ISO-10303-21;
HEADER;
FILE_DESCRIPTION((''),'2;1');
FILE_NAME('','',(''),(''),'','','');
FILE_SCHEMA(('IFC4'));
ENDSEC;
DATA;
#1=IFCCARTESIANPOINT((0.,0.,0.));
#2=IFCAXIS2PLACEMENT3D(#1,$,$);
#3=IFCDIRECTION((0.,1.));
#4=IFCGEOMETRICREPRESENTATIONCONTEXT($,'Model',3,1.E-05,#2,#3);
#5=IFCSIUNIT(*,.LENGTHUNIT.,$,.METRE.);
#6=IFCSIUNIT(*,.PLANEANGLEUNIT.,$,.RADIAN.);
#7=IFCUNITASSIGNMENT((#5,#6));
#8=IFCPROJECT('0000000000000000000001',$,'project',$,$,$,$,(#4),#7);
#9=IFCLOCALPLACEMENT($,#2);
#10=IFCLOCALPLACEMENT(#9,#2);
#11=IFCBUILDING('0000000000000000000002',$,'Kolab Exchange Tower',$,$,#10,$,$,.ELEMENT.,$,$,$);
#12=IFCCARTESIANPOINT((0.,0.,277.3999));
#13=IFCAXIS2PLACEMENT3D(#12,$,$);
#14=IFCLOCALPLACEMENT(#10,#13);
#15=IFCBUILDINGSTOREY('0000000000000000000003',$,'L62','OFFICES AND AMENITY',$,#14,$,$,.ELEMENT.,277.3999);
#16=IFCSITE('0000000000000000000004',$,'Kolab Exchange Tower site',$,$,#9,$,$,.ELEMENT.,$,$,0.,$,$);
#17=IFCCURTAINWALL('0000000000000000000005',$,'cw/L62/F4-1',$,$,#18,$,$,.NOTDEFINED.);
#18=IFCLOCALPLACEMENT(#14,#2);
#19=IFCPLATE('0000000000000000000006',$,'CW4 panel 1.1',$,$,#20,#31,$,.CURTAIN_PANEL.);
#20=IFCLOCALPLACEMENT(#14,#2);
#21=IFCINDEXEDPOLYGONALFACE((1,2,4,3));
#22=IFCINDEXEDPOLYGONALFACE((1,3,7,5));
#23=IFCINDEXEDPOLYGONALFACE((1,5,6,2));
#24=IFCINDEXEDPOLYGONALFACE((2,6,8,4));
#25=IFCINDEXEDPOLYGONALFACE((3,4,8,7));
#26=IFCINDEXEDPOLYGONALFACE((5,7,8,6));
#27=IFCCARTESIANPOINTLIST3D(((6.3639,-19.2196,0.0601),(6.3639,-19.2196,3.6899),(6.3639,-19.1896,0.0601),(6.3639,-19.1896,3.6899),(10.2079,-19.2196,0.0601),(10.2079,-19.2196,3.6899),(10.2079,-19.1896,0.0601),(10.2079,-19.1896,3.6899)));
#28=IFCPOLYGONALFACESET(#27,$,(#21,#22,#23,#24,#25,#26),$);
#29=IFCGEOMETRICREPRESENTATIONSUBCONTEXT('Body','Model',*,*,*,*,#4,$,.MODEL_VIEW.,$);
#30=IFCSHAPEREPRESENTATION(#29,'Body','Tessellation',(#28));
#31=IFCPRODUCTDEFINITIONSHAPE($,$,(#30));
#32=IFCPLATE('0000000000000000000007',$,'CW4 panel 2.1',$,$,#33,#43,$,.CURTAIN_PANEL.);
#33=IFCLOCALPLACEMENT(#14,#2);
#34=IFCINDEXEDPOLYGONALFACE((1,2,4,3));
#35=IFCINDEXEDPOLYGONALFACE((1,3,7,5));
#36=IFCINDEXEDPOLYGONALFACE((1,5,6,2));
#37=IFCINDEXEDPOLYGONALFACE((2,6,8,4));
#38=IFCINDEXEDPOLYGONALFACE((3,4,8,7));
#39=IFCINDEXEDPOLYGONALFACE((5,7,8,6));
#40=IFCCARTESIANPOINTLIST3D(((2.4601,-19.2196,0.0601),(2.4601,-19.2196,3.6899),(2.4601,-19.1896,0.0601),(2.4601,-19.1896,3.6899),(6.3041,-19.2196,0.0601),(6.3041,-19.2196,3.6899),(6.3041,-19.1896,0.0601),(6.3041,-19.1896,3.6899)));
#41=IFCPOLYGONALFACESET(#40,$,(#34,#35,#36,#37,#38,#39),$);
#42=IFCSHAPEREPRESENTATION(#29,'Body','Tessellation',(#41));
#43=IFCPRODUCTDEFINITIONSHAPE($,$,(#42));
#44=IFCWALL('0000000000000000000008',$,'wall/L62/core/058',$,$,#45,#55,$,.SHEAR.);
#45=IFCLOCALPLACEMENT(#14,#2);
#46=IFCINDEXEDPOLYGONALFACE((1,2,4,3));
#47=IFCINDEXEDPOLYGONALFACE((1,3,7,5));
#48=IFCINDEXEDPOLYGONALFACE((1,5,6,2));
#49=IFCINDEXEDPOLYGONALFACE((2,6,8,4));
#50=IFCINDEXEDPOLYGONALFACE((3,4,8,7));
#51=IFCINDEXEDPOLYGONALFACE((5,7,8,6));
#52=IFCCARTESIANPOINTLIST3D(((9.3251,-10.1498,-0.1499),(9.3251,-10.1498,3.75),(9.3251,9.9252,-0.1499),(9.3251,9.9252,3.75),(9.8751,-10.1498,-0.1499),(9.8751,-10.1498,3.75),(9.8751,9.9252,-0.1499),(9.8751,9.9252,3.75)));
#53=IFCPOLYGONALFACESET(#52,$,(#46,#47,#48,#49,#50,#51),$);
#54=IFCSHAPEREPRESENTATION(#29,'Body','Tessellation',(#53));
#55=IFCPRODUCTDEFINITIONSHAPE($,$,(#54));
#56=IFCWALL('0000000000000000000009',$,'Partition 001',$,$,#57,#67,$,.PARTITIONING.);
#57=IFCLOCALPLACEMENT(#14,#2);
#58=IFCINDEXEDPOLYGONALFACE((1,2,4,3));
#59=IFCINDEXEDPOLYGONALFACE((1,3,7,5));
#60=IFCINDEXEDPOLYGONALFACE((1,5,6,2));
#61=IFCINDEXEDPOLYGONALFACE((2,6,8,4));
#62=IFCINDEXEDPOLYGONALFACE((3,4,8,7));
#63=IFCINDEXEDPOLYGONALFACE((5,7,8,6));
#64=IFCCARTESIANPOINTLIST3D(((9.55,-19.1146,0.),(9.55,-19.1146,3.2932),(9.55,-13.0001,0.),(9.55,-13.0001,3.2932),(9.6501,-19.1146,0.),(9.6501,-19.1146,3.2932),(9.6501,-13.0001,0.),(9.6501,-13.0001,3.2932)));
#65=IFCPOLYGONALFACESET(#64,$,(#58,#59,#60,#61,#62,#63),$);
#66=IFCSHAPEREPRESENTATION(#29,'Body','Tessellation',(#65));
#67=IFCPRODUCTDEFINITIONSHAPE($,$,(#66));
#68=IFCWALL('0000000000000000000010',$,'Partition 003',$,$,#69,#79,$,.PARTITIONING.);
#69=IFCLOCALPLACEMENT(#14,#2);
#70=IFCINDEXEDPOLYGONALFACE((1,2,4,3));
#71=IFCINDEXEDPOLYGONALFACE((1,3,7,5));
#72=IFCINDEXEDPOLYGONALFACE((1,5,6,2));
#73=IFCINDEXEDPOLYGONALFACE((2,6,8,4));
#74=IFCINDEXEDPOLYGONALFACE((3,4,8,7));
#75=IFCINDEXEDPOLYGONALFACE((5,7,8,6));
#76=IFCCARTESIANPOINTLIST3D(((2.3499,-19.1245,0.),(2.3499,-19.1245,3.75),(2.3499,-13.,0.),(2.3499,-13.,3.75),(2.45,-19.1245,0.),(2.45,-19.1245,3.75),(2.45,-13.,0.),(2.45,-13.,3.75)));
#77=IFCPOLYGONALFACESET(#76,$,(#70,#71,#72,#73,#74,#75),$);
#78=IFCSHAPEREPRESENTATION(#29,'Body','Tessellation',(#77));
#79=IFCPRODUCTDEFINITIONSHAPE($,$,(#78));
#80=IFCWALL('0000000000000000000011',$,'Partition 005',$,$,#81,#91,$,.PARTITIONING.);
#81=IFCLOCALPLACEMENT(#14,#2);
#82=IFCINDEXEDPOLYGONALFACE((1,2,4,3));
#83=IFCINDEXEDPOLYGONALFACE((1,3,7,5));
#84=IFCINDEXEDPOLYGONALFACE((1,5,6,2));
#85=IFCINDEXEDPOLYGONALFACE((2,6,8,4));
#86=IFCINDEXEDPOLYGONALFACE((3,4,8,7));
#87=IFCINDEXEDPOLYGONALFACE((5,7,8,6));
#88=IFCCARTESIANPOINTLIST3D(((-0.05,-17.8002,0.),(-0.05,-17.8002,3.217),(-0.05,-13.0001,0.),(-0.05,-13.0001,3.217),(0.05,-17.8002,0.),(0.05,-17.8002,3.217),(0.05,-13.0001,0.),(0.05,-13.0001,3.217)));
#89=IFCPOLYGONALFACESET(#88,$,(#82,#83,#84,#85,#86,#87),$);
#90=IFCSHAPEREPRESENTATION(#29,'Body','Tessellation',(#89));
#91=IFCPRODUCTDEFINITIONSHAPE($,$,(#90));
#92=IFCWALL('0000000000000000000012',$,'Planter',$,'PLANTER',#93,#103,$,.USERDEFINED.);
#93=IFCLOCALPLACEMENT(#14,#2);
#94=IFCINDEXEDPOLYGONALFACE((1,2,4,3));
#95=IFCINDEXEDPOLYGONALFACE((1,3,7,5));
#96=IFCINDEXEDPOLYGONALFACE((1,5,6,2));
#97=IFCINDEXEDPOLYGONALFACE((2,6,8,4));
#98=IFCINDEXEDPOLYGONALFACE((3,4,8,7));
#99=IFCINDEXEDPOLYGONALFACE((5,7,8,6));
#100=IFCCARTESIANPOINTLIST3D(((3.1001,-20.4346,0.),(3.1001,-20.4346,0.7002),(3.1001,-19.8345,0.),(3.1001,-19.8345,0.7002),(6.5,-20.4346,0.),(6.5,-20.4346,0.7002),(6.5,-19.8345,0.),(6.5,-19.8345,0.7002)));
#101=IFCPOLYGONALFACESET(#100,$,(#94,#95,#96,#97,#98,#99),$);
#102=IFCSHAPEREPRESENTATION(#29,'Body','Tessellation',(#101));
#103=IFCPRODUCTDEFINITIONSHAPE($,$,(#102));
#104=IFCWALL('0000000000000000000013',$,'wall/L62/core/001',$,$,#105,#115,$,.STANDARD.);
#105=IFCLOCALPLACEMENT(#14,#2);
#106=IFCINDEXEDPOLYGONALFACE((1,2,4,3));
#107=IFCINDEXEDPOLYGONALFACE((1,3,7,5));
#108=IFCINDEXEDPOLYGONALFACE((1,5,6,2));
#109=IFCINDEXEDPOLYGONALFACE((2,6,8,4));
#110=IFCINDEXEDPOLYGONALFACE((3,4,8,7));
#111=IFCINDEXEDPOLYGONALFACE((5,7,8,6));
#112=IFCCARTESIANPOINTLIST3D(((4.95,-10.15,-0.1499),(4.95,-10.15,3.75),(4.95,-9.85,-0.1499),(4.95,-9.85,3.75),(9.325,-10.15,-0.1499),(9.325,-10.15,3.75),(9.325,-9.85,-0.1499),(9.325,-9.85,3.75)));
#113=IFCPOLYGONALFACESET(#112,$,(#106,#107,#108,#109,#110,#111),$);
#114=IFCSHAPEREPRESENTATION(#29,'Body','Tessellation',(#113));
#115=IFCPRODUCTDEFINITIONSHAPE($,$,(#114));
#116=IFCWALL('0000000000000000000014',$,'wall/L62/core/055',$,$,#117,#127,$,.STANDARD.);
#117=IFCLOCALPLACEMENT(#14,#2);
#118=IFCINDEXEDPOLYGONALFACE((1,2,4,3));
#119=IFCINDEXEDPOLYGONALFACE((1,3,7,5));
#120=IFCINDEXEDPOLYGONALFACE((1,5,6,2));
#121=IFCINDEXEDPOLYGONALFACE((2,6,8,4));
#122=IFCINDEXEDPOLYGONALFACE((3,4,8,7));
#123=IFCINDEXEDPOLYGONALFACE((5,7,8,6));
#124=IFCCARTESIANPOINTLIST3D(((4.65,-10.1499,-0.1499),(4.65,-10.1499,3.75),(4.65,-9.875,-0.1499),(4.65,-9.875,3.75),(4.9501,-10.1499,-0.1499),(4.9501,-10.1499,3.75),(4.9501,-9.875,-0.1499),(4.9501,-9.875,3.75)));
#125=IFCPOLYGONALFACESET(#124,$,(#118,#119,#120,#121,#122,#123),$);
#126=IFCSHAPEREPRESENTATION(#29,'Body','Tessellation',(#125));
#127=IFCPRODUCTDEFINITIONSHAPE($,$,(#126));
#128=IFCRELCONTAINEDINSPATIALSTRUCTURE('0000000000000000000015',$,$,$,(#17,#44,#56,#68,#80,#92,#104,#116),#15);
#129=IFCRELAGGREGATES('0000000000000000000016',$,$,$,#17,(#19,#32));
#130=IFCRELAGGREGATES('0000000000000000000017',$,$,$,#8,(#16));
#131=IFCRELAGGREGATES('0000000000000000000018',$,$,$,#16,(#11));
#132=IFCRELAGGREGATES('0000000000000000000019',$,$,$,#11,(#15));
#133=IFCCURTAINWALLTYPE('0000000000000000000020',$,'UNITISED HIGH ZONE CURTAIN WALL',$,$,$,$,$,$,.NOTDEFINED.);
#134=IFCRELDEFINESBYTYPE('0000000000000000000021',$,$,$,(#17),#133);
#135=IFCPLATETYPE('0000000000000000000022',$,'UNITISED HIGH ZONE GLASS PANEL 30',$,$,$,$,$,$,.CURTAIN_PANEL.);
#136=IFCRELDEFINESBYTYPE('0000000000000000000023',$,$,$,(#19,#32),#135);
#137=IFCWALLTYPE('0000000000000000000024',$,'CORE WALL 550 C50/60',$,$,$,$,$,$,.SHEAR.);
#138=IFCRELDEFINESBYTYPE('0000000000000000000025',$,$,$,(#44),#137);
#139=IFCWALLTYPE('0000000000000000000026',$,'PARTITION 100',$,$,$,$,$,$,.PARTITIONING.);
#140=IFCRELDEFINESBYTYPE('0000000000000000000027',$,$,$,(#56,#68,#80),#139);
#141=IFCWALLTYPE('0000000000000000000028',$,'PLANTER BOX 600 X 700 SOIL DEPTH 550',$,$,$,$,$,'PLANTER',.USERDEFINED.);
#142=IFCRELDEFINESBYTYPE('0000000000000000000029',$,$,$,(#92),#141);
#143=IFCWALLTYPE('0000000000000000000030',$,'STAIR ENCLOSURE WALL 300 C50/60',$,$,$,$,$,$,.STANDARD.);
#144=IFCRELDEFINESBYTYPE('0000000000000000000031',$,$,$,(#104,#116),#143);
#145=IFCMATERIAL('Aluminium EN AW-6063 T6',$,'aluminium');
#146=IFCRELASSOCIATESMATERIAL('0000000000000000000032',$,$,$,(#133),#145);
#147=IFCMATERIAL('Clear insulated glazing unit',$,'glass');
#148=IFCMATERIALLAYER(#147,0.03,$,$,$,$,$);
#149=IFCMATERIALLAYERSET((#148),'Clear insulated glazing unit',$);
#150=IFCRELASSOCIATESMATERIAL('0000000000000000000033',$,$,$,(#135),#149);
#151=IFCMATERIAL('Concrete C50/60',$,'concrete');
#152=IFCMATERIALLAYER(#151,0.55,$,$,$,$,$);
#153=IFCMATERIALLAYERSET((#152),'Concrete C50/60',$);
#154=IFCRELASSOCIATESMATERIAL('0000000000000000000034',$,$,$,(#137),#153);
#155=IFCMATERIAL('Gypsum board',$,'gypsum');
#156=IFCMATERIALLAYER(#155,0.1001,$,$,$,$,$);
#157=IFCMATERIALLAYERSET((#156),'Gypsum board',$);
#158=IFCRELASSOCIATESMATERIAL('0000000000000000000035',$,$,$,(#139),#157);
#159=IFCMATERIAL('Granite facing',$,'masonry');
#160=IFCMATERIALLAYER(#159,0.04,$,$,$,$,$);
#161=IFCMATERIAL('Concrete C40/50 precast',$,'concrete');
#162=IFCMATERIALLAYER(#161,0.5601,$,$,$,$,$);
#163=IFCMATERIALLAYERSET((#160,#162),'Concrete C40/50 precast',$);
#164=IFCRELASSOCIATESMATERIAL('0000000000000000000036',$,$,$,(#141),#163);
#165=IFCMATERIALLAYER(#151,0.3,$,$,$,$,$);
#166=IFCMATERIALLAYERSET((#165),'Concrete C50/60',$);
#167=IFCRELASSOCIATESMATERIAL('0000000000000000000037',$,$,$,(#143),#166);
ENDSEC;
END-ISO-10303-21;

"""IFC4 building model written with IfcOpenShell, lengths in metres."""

from ifc_helpers import new_model, si_unit, direction, frame, frame_2d, origin, origin_2d, place, context, subcontext, project, spatial, rectangle, extrude, material, layer, layer_set, type_object, element, aggregate, save


model = new_model("IFC4")

# Units and contexts
model_context = context("Model", 3, precision=1e-05, world=origin(), true_north=direction((0.0, 1.0)))
body_context = subcontext(model_context, "Body", "Model", "MODEL_VIEW")
ifc_project = project(units=[si_unit("LENGTHUNIT", "METRE"), si_unit("PLANEANGLEUNIT", "RADIAN")], contexts=[model_context])

# Site, building, storey
site_placement = place(None, origin())
site = spatial("IfcSite", under=ifc_project, at=site_placement, Name="Kolab Exchange Tower site", CompositionType="ELEMENT", RefElevation=0.0)
building_placement = place(site_placement, origin())
building = spatial("IfcBuilding", under=site, at=building_placement, Name="Kolab Exchange Tower", CompositionType="ELEMENT")
storey_placement = place(building_placement, frame((0.0, 0.0, 277.3999)))
storey = spatial("IfcBuildingStorey", under=building, at=storey_placement, Name="L62", Description="OFFICES AND AMENITY", CompositionType="ELEMENT", Elevation=277.3999)

# Shared definitions
ifc_material_1 = material(Name="Concrete C50/60", Category="concrete")

# Curtain wall, plates
ifc_material_2 = material(Name="Aluminium EN AW-6063 T6", Category="aluminium")
curtain_wall_type = type_object("IfcCurtainWallType", Name="UNITISED HIGH ZONE CURTAIN WALL", PredefinedType="NOTDEFINED", material=ifc_material_2)
curtain_wall_placement = place(storey_placement, origin())
curtain_wall = element("IfcCurtainWall", 1, at=curtain_wall_placement, inside=storey, type_object=curtain_wall_type, Name="cw/L62/F4-1", PredefinedType="NOTDEFINED")
ifc_material_3 = material(Name="Clear insulated glazing unit", Category="glass")
ifc_layer_1 = layer(ifc_material_3, 0.03)
ifc_layer_set_1 = layer_set([ifc_layer_1], Name="Clear insulated glazing unit")
plate_type = type_object("IfcPlateType", Name="UNITISED HIGH ZONE GLASS PANEL 30", PredefinedType="CURTAIN_PANEL", material=ifc_layer_set_1)
plate_1_placement = place(storey_placement, frame((8.2859, -19.2046, 0.0601), z_axis=(0.0, 0.0, 1.0), x_axis=(-1.0, 0.0, 0.0)))
plate_1 = element("IfcPlate", 2, at=plate_1_placement, type_object=plate_type, Name="CW4 panel 1.1", PredefinedType="CURTAIN_PANEL", context=body_context, shape_type="SweptSolid", body=[
    extrude(rectangle(XDim=3.844, YDim=0.03, at=origin_2d()), origin(), (0.0, 0.0, 1.0), 3.6299),
])
plate_2_placement = place(storey_placement, frame((4.3821, -19.2046, 0.0601), z_axis=(0.0, 0.0, 1.0), x_axis=(-1.0, 0.0, 0.0)))
plate_2 = element("IfcPlate", 3, at=plate_2_placement, type_object=plate_type, Name="CW4 panel 2.1", PredefinedType="CURTAIN_PANEL", context=body_context, shape_type="SweptSolid", body=[
    extrude(rectangle(XDim=3.844, YDim=0.03, at=origin_2d()), origin(), (0.0, 0.0, 1.0), 3.6299),
])
aggregate(curtain_wall, [plate_1, plate_2])

# Wall
ifc_layer_2 = layer(ifc_material_1, 0.55)
ifc_layer_set_2 = layer_set([ifc_layer_2], Name="Concrete C50/60")
wall_type_1 = type_object("IfcWallType", Name="CORE WALL 550 C50/60", PredefinedType="SHEAR", material=ifc_layer_set_2)
wall_1_placement = place(storey_placement, frame((9.6001, -10.1499, -0.1499), z_axis=(0.0, 0.0, 1.0), x_axis=(0.0, 1.0, 0.0)))
element("IfcWall", 4, at=wall_1_placement, inside=storey, type_object=wall_type_1, Name="wall/L62/core/058", PredefinedType="SHEAR", context=body_context, shape_type="SweptSolid", body=[
    extrude(rectangle(XDim=20.075, YDim=0.55, at=frame_2d((10.0376, 0.0))), origin(), (0.0, 0.0, 1.0), 3.8999),
])

# Walls
ifc_material_4 = material(Name="Gypsum board", Category="gypsum")
ifc_layer_3 = layer(ifc_material_4, 0.1001)
ifc_layer_set_3 = layer_set([ifc_layer_3], Name="Gypsum board")
wall_type_2 = type_object("IfcWallType", Name="PARTITION 100", PredefinedType="PARTITIONING", material=ifc_layer_set_3)
wall_2_placement = place(storey_placement, frame((9.6001, -19.1145, 0.0), z_axis=(0.0, 0.0, 1.0), x_axis=(0.0, 1.0, 0.0)))
element("IfcWall", 5, at=wall_2_placement, inside=storey, type_object=wall_type_2, Name="Partition 001", PredefinedType="PARTITIONING", context=body_context, shape_type="SweptSolid", body=[
    extrude(rectangle(XDim=6.1145, YDim=0.1001, at=frame_2d((3.0571, 0.0))), origin(), (0.0, 0.0, 1.0), 3.2932),
])
wall_3_placement = place(storey_placement, frame((2.3999, -19.1245, 0.0), z_axis=(0.0, 0.0, 1.0), x_axis=(0.0, 1.0, 0.0)))
element("IfcWall", 6, at=wall_3_placement, inside=storey, type_object=wall_type_2, Name="Partition 003", PredefinedType="PARTITIONING", context=body_context, shape_type="SweptSolid", body=[
    extrude(rectangle(XDim=6.1245, YDim=0.1001, at=frame_2d((3.0623, 0.0))), origin(), (0.0, 0.0, 1.0), 3.75),
])
wall_4_placement = place(storey_placement, frame((0.0, -17.8, 0.0), z_axis=(0.0, 0.0, 1.0), x_axis=(0.0, 1.0, 0.0)))
element("IfcWall", 7, at=wall_4_placement, inside=storey, type_object=wall_type_2, Name="Partition 005", PredefinedType="PARTITIONING", context=body_context, shape_type="SweptSolid", body=[
    extrude(rectangle(XDim=4.8, YDim=0.1001, at=frame_2d((2.3999, 0.0))), origin(), (0.0, 0.0, 1.0), 3.217),
])
ifc_material_5 = material(Name="Granite facing", Category="masonry")
ifc_layer_4 = layer(ifc_material_5, 0.04)
ifc_material_6 = material(Name="Concrete C40/50 precast", Category="concrete")
ifc_layer_5 = layer(ifc_material_6, 0.5601)
ifc_layer_set_4 = layer_set([ifc_layer_4, ifc_layer_5], Name="Concrete C40/50 precast")
wall_type_3 = type_object("IfcWallType", Name="PLANTER BOX 600 X 700 SOIL DEPTH 550", ElementType="PLANTER", PredefinedType="USERDEFINED", material=ifc_layer_set_4)
wall_5_placement = place(storey_placement, frame((6.5, -20.1345, 0.0), z_axis=(0.0, 0.0, 1.0), x_axis=(-1.0, 0.0, 0.0)))
element("IfcWall", 8, at=wall_5_placement, inside=storey, type_object=wall_type_3, Name="Planter", ObjectType="PLANTER", PredefinedType="USERDEFINED", context=body_context, shape_type="SweptSolid", body=[
    extrude(rectangle(XDim=3.3999, YDim=0.6001, at=frame_2d((1.7, 0.0))), origin(), (0.0, 0.0, 1.0), 0.7002),
])
ifc_layer_6 = layer(ifc_material_1, 0.3)
ifc_layer_set_5 = layer_set([ifc_layer_6], Name="Concrete C50/60")
wall_type_4 = type_object("IfcWallType", Name="STAIR ENCLOSURE WALL 300 C50/60", PredefinedType="STANDARD", material=ifc_layer_set_5)
wall_6_placement = place(storey_placement, frame((4.95, -10.0, -0.1499), z_axis=(0.0, 0.0, 1.0), x_axis=(1.0, 0.0, 0.0)))
element("IfcWall", 9, at=wall_6_placement, inside=storey, type_object=wall_type_4, Name="wall/L62/core/001", PredefinedType="STANDARD", context=body_context, shape_type="SweptSolid", body=[
    extrude(rectangle(XDim=4.375, YDim=0.3, at=frame_2d((2.1875, 0.0))), origin(), (0.0, 0.0, 1.0), 3.8999),
])
wall_7_placement = place(storey_placement, frame((4.8, -10.1499, -0.1499), z_axis=(0.0, 0.0, 1.0), x_axis=(0.0, 1.0, 0.0)))
element("IfcWall", 10, at=wall_7_placement, inside=storey, type_object=wall_type_4, Name="wall/L62/core/055", PredefinedType="STANDARD", context=body_context, shape_type="SweptSolid", body=[
    extrude(rectangle(XDim=0.2749, YDim=0.3, at=frame_2d((0.1375, 0.0))), origin(), (0.0, 0.0, 1.0), 3.8999),
])

save(model, "model.ifc")
